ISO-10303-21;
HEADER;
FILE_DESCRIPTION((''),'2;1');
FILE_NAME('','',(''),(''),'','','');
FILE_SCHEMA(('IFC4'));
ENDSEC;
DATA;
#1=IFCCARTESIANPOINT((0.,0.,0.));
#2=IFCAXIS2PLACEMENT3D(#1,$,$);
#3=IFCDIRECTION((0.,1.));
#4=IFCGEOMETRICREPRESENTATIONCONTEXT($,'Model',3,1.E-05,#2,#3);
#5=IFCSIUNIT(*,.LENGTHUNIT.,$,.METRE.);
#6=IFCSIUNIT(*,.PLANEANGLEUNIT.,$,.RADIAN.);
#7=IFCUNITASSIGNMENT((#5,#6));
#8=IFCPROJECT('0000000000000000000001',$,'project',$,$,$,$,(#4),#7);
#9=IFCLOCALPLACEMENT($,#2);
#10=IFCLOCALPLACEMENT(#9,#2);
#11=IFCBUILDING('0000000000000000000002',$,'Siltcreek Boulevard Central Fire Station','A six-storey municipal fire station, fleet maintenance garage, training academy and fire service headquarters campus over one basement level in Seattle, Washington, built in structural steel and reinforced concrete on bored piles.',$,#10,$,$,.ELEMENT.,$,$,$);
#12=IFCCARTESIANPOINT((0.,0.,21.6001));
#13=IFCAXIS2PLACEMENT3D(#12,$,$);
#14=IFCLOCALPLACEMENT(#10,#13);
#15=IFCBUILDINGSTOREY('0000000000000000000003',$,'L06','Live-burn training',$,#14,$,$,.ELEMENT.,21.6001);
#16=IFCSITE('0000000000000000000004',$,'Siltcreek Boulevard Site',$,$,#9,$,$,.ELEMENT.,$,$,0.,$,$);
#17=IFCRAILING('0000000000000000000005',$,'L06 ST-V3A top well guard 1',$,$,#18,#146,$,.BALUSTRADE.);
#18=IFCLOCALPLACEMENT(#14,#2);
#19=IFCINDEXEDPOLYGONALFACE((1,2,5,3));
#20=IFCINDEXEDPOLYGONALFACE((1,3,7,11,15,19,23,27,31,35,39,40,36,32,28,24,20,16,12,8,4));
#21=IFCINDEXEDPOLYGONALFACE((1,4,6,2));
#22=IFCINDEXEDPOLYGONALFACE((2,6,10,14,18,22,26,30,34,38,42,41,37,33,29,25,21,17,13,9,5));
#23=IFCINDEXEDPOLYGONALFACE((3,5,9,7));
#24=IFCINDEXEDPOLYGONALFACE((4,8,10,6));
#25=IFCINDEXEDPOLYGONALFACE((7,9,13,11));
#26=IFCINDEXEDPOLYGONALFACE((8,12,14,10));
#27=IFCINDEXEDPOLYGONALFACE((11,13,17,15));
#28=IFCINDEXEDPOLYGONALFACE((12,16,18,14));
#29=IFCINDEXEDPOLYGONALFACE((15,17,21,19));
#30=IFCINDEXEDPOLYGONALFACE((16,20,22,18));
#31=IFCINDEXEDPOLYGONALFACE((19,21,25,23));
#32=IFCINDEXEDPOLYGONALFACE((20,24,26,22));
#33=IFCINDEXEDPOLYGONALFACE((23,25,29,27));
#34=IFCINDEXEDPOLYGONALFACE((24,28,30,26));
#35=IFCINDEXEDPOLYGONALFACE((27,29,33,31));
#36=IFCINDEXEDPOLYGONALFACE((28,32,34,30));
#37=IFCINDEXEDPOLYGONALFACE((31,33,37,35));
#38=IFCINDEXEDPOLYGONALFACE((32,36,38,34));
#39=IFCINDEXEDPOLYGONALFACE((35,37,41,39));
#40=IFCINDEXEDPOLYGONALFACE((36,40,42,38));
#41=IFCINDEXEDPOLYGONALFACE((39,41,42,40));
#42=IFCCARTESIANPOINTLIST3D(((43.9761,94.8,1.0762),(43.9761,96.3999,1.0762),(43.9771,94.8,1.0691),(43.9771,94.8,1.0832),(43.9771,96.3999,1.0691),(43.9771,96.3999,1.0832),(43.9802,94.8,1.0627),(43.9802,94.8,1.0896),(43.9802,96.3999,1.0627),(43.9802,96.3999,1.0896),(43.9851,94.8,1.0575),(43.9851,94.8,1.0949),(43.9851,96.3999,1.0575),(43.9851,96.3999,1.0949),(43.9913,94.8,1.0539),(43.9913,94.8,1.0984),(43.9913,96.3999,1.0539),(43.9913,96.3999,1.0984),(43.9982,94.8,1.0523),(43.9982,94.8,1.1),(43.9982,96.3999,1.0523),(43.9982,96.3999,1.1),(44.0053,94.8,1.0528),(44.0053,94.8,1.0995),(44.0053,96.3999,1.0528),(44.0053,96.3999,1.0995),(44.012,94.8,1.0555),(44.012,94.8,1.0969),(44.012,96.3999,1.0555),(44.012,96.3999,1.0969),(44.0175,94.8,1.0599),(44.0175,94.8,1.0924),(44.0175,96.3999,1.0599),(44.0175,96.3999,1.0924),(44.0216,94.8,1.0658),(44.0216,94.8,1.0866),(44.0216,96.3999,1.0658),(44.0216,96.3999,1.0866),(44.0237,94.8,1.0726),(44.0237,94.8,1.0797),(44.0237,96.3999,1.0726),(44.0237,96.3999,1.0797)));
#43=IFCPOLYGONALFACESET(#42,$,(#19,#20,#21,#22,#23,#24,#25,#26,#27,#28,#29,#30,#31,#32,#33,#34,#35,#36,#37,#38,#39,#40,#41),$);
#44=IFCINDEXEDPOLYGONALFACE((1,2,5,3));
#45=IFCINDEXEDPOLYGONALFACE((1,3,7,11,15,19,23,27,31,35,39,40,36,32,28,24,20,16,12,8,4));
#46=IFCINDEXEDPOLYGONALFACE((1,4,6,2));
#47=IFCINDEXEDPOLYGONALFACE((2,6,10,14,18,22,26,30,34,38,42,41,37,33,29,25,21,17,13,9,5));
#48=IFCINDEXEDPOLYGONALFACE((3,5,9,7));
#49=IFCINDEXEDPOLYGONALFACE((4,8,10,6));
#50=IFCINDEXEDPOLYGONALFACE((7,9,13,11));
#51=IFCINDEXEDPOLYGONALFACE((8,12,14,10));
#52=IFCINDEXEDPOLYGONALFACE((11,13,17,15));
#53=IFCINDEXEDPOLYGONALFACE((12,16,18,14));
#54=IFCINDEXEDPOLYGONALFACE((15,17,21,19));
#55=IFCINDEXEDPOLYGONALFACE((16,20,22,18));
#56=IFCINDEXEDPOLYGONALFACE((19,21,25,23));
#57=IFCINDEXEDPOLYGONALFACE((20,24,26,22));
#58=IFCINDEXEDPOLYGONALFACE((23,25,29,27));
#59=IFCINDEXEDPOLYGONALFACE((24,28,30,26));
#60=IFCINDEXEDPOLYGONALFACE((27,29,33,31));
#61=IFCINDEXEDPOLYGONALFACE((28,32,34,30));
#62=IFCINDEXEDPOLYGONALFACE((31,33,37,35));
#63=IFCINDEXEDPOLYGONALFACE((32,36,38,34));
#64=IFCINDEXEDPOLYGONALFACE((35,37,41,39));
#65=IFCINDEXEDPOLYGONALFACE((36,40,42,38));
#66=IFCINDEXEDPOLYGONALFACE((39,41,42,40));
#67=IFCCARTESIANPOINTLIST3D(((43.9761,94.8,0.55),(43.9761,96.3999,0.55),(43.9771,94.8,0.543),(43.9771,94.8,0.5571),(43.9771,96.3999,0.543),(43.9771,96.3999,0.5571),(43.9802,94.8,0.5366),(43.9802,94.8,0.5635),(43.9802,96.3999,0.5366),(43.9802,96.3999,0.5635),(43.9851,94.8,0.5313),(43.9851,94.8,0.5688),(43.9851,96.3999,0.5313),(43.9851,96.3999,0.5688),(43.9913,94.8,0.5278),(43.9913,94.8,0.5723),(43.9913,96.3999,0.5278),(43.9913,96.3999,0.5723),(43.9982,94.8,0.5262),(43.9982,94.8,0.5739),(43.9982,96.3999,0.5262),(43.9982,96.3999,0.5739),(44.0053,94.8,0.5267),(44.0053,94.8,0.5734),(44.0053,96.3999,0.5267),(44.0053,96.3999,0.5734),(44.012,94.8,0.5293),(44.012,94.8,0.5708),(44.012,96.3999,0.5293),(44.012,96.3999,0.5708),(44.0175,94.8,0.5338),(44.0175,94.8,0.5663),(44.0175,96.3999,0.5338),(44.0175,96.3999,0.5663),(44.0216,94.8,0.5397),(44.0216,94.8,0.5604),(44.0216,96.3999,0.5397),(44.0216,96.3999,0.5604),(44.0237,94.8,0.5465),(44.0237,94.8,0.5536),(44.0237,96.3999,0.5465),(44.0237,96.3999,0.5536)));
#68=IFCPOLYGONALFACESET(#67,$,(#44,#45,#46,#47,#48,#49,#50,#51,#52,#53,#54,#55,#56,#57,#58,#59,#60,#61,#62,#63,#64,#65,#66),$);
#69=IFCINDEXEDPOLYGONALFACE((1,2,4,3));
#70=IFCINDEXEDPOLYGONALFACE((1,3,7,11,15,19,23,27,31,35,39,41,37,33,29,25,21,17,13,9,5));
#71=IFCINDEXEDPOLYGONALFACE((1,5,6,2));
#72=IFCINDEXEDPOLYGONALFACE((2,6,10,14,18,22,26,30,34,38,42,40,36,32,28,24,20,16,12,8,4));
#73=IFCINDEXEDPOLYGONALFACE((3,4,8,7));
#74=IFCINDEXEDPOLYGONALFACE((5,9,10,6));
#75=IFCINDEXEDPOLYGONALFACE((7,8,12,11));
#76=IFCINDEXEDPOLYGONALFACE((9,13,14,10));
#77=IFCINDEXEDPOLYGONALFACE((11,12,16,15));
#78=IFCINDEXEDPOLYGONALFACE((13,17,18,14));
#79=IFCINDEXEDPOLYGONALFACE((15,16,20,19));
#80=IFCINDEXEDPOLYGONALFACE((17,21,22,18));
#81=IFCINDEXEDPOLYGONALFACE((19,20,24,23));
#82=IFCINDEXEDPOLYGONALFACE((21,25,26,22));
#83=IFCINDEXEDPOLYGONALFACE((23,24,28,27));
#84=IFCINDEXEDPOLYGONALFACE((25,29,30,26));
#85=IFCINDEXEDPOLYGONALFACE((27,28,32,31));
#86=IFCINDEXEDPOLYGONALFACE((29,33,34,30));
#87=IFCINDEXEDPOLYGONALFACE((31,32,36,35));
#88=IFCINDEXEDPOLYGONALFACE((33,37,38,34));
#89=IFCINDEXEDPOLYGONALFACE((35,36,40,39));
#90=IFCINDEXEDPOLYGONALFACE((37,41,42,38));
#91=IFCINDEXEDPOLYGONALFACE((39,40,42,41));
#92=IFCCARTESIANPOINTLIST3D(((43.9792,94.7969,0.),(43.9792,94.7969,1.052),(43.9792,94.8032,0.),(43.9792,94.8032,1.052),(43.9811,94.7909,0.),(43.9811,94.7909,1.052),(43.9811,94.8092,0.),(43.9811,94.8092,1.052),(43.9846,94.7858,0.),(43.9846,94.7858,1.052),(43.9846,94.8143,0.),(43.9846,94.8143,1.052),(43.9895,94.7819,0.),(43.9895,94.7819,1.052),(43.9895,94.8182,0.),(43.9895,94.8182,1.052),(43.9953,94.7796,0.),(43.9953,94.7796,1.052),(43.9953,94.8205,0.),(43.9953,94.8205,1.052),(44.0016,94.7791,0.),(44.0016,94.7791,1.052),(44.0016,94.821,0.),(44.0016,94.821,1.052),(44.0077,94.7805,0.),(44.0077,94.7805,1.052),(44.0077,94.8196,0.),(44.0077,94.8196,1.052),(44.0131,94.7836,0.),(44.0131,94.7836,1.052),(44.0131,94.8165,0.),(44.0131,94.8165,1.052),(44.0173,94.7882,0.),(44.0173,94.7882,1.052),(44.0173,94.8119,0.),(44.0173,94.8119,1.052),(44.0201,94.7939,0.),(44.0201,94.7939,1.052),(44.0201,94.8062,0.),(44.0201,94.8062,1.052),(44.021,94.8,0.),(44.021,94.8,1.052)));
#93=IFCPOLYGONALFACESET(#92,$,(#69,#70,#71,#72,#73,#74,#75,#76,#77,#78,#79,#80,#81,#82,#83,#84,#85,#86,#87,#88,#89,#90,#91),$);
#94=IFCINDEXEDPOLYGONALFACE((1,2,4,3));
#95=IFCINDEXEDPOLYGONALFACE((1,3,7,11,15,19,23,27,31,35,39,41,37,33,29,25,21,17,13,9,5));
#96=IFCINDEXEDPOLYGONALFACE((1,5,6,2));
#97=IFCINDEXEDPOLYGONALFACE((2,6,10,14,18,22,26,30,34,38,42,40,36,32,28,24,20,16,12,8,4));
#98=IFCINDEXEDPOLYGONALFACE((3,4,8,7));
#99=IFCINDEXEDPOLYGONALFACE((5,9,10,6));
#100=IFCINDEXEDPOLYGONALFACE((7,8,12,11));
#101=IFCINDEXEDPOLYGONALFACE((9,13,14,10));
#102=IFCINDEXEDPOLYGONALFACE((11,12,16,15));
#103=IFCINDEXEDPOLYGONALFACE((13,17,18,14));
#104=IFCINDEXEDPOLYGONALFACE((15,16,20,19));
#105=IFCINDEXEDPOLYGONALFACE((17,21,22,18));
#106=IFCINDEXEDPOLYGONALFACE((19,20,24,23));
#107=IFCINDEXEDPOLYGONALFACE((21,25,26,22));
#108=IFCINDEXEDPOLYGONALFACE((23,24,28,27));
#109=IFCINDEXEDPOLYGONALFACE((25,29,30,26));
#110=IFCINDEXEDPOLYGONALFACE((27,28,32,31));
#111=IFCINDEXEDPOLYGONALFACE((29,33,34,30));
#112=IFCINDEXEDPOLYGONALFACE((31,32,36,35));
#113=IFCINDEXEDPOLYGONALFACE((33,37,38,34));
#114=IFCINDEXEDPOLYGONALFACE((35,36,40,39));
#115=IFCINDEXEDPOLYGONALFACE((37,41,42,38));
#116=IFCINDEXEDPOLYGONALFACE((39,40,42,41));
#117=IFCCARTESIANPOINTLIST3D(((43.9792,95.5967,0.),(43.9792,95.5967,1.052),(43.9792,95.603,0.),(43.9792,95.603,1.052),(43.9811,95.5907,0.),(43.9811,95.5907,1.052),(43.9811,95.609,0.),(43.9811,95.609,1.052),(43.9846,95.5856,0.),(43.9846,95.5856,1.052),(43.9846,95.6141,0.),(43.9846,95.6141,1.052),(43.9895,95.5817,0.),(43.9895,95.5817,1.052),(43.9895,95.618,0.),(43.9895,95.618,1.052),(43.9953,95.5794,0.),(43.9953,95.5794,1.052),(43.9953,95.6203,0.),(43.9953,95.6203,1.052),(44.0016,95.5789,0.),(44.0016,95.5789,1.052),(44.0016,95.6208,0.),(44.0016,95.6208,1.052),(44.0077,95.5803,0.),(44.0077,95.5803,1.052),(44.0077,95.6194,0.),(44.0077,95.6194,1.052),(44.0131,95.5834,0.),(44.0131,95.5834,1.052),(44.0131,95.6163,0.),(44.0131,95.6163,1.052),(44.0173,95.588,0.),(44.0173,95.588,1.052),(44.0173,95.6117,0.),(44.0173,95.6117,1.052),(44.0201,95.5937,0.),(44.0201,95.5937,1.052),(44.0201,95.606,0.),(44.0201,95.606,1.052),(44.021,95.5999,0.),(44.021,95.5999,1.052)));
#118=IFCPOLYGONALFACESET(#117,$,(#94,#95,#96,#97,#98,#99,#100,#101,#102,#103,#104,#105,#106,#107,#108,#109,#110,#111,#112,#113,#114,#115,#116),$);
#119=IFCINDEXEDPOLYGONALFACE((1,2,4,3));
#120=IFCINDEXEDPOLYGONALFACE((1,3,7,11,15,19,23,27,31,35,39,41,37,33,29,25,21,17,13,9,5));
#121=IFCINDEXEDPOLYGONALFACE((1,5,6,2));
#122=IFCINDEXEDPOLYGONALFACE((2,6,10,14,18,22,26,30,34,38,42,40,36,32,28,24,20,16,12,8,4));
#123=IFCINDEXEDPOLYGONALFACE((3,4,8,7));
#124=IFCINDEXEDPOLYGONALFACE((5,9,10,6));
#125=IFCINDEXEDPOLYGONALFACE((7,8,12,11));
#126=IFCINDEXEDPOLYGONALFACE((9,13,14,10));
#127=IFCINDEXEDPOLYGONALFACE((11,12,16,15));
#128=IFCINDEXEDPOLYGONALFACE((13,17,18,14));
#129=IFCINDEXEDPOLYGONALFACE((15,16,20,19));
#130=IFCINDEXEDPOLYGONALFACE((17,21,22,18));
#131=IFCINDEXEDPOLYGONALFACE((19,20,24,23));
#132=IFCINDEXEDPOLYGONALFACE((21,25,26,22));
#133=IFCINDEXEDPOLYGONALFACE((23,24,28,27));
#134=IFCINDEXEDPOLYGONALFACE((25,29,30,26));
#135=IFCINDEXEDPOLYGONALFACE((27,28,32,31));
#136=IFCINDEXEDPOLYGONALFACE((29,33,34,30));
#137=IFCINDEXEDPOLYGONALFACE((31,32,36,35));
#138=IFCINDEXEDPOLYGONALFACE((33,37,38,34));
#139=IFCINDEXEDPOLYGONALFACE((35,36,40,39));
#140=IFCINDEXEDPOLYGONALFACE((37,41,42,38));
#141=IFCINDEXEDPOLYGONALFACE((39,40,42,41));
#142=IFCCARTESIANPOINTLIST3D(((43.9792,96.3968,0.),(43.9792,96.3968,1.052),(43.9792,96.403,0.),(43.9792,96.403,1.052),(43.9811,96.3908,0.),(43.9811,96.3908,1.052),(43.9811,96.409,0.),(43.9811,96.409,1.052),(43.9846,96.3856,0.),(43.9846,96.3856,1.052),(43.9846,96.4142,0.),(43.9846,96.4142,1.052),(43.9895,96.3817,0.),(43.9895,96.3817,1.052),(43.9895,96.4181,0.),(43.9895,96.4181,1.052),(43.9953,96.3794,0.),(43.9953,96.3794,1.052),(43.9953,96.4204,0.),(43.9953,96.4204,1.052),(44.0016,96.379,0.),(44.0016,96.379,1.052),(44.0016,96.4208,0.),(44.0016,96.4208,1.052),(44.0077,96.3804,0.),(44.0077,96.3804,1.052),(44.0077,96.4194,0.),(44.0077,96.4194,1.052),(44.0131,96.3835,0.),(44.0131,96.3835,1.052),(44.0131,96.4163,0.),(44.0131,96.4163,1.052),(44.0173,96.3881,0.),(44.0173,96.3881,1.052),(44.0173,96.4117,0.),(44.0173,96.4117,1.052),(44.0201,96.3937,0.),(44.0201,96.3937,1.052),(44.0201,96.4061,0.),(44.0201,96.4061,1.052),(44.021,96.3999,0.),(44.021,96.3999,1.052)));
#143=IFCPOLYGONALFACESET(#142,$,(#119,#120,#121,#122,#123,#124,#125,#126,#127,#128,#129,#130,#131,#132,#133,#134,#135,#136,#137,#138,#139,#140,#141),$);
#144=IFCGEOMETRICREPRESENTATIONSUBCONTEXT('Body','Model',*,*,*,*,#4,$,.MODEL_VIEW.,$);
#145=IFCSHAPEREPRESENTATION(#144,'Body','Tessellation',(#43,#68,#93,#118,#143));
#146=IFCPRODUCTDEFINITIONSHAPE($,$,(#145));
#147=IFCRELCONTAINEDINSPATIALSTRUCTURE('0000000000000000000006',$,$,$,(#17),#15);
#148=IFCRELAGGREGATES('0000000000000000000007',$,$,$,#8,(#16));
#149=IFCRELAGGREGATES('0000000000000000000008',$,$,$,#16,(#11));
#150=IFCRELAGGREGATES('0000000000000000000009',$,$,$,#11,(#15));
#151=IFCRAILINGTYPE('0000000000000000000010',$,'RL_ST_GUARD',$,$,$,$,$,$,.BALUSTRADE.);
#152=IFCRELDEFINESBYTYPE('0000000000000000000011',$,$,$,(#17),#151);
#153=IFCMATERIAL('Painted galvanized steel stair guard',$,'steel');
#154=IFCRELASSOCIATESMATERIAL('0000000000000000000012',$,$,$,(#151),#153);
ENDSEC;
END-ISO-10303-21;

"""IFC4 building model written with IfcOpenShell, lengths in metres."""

from ifc_helpers import new_model, si_unit, direction, frame, origin, origin_2d, place, context, subcontext, project, spatial, circle, extrude, material, type_object, element, save


model = new_model("IFC4")

# Units and contexts
model_context = context("Model", 3, precision=1e-05, world=origin(), true_north=direction((0.0, 1.0)))
body_context = subcontext(model_context, "Body", "Model", "MODEL_VIEW")
ifc_project = project(units=[si_unit("LENGTHUNIT", "METRE"), si_unit("PLANEANGLEUNIT", "RADIAN")], contexts=[model_context])

# Site, building, storey
site_placement = place(None, origin())
site = spatial("IfcSite", under=ifc_project, at=site_placement, Name="Siltcreek Boulevard Site", CompositionType="ELEMENT", RefElevation=0.0)
building_placement = place(site_placement, origin())
building = spatial("IfcBuilding", under=site, at=building_placement, Name="Siltcreek Boulevard Central Fire Station", Description="A six-storey municipal fire station, fleet maintenance garage, training academy and fire service headquarters campus over one basement level in Seattle, Washington, built in structural steel and reinforced concrete on bored piles.", CompositionType="ELEMENT")
storey_placement = place(building_placement, frame((0.0, 0.0, 21.6001)))
storey = spatial("IfcBuildingStorey", under=building, at=storey_placement, Name="L06", Description="Live-burn training", CompositionType="ELEMENT", Elevation=21.6001)

# Railing
ifc_material_1 = material(Name="Painted galvanized steel stair guard", Category="steel")
railing_type = type_object("IfcRailingType", Name="RL_ST_GUARD", PredefinedType="BALUSTRADE", material=ifc_material_1)
railing_placement = place(storey_placement, frame((44.0, 94.8, 0.0)))
element("IfcRailing", 1, at=railing_placement, inside=storey, type_object=railing_type, Name="L06 ST-V3A top well guard 1", PredefinedType="BALUSTRADE", context=body_context, shape_type="SweptSolid", body=[
    extrude(circle(Radius=0.0239, at=origin_2d()), frame((0.0, 0.0, 1.0762), z_axis=(0.0, 1.0, 0.0), x_axis=(-1.0, 0.0, 0.0)), (0.0, 0.0, 1.0), 1.5999),
    extrude(circle(Radius=0.0239, at=origin_2d()), frame((0.0, 0.0, 0.55), z_axis=(0.0, 1.0, 0.0), x_axis=(-1.0, 0.0, 0.0)), (0.0, 0.0, 1.0), 1.5999),
    extrude(circle(Radius=0.021, at=origin_2d()), origin(), (0.0, 0.0, 1.0), 1.052),
    extrude(circle(Radius=0.021, at=origin_2d()), frame((0.0, 0.7998, 0.0)), (0.0, 0.0, 1.0), 1.052),
    extrude(circle(Radius=0.021, at=origin_2d()), frame((0.0, 1.5999, 0.0)), (0.0, 0.0, 1.0), 1.052),
])

save(model, "model.ifc")
